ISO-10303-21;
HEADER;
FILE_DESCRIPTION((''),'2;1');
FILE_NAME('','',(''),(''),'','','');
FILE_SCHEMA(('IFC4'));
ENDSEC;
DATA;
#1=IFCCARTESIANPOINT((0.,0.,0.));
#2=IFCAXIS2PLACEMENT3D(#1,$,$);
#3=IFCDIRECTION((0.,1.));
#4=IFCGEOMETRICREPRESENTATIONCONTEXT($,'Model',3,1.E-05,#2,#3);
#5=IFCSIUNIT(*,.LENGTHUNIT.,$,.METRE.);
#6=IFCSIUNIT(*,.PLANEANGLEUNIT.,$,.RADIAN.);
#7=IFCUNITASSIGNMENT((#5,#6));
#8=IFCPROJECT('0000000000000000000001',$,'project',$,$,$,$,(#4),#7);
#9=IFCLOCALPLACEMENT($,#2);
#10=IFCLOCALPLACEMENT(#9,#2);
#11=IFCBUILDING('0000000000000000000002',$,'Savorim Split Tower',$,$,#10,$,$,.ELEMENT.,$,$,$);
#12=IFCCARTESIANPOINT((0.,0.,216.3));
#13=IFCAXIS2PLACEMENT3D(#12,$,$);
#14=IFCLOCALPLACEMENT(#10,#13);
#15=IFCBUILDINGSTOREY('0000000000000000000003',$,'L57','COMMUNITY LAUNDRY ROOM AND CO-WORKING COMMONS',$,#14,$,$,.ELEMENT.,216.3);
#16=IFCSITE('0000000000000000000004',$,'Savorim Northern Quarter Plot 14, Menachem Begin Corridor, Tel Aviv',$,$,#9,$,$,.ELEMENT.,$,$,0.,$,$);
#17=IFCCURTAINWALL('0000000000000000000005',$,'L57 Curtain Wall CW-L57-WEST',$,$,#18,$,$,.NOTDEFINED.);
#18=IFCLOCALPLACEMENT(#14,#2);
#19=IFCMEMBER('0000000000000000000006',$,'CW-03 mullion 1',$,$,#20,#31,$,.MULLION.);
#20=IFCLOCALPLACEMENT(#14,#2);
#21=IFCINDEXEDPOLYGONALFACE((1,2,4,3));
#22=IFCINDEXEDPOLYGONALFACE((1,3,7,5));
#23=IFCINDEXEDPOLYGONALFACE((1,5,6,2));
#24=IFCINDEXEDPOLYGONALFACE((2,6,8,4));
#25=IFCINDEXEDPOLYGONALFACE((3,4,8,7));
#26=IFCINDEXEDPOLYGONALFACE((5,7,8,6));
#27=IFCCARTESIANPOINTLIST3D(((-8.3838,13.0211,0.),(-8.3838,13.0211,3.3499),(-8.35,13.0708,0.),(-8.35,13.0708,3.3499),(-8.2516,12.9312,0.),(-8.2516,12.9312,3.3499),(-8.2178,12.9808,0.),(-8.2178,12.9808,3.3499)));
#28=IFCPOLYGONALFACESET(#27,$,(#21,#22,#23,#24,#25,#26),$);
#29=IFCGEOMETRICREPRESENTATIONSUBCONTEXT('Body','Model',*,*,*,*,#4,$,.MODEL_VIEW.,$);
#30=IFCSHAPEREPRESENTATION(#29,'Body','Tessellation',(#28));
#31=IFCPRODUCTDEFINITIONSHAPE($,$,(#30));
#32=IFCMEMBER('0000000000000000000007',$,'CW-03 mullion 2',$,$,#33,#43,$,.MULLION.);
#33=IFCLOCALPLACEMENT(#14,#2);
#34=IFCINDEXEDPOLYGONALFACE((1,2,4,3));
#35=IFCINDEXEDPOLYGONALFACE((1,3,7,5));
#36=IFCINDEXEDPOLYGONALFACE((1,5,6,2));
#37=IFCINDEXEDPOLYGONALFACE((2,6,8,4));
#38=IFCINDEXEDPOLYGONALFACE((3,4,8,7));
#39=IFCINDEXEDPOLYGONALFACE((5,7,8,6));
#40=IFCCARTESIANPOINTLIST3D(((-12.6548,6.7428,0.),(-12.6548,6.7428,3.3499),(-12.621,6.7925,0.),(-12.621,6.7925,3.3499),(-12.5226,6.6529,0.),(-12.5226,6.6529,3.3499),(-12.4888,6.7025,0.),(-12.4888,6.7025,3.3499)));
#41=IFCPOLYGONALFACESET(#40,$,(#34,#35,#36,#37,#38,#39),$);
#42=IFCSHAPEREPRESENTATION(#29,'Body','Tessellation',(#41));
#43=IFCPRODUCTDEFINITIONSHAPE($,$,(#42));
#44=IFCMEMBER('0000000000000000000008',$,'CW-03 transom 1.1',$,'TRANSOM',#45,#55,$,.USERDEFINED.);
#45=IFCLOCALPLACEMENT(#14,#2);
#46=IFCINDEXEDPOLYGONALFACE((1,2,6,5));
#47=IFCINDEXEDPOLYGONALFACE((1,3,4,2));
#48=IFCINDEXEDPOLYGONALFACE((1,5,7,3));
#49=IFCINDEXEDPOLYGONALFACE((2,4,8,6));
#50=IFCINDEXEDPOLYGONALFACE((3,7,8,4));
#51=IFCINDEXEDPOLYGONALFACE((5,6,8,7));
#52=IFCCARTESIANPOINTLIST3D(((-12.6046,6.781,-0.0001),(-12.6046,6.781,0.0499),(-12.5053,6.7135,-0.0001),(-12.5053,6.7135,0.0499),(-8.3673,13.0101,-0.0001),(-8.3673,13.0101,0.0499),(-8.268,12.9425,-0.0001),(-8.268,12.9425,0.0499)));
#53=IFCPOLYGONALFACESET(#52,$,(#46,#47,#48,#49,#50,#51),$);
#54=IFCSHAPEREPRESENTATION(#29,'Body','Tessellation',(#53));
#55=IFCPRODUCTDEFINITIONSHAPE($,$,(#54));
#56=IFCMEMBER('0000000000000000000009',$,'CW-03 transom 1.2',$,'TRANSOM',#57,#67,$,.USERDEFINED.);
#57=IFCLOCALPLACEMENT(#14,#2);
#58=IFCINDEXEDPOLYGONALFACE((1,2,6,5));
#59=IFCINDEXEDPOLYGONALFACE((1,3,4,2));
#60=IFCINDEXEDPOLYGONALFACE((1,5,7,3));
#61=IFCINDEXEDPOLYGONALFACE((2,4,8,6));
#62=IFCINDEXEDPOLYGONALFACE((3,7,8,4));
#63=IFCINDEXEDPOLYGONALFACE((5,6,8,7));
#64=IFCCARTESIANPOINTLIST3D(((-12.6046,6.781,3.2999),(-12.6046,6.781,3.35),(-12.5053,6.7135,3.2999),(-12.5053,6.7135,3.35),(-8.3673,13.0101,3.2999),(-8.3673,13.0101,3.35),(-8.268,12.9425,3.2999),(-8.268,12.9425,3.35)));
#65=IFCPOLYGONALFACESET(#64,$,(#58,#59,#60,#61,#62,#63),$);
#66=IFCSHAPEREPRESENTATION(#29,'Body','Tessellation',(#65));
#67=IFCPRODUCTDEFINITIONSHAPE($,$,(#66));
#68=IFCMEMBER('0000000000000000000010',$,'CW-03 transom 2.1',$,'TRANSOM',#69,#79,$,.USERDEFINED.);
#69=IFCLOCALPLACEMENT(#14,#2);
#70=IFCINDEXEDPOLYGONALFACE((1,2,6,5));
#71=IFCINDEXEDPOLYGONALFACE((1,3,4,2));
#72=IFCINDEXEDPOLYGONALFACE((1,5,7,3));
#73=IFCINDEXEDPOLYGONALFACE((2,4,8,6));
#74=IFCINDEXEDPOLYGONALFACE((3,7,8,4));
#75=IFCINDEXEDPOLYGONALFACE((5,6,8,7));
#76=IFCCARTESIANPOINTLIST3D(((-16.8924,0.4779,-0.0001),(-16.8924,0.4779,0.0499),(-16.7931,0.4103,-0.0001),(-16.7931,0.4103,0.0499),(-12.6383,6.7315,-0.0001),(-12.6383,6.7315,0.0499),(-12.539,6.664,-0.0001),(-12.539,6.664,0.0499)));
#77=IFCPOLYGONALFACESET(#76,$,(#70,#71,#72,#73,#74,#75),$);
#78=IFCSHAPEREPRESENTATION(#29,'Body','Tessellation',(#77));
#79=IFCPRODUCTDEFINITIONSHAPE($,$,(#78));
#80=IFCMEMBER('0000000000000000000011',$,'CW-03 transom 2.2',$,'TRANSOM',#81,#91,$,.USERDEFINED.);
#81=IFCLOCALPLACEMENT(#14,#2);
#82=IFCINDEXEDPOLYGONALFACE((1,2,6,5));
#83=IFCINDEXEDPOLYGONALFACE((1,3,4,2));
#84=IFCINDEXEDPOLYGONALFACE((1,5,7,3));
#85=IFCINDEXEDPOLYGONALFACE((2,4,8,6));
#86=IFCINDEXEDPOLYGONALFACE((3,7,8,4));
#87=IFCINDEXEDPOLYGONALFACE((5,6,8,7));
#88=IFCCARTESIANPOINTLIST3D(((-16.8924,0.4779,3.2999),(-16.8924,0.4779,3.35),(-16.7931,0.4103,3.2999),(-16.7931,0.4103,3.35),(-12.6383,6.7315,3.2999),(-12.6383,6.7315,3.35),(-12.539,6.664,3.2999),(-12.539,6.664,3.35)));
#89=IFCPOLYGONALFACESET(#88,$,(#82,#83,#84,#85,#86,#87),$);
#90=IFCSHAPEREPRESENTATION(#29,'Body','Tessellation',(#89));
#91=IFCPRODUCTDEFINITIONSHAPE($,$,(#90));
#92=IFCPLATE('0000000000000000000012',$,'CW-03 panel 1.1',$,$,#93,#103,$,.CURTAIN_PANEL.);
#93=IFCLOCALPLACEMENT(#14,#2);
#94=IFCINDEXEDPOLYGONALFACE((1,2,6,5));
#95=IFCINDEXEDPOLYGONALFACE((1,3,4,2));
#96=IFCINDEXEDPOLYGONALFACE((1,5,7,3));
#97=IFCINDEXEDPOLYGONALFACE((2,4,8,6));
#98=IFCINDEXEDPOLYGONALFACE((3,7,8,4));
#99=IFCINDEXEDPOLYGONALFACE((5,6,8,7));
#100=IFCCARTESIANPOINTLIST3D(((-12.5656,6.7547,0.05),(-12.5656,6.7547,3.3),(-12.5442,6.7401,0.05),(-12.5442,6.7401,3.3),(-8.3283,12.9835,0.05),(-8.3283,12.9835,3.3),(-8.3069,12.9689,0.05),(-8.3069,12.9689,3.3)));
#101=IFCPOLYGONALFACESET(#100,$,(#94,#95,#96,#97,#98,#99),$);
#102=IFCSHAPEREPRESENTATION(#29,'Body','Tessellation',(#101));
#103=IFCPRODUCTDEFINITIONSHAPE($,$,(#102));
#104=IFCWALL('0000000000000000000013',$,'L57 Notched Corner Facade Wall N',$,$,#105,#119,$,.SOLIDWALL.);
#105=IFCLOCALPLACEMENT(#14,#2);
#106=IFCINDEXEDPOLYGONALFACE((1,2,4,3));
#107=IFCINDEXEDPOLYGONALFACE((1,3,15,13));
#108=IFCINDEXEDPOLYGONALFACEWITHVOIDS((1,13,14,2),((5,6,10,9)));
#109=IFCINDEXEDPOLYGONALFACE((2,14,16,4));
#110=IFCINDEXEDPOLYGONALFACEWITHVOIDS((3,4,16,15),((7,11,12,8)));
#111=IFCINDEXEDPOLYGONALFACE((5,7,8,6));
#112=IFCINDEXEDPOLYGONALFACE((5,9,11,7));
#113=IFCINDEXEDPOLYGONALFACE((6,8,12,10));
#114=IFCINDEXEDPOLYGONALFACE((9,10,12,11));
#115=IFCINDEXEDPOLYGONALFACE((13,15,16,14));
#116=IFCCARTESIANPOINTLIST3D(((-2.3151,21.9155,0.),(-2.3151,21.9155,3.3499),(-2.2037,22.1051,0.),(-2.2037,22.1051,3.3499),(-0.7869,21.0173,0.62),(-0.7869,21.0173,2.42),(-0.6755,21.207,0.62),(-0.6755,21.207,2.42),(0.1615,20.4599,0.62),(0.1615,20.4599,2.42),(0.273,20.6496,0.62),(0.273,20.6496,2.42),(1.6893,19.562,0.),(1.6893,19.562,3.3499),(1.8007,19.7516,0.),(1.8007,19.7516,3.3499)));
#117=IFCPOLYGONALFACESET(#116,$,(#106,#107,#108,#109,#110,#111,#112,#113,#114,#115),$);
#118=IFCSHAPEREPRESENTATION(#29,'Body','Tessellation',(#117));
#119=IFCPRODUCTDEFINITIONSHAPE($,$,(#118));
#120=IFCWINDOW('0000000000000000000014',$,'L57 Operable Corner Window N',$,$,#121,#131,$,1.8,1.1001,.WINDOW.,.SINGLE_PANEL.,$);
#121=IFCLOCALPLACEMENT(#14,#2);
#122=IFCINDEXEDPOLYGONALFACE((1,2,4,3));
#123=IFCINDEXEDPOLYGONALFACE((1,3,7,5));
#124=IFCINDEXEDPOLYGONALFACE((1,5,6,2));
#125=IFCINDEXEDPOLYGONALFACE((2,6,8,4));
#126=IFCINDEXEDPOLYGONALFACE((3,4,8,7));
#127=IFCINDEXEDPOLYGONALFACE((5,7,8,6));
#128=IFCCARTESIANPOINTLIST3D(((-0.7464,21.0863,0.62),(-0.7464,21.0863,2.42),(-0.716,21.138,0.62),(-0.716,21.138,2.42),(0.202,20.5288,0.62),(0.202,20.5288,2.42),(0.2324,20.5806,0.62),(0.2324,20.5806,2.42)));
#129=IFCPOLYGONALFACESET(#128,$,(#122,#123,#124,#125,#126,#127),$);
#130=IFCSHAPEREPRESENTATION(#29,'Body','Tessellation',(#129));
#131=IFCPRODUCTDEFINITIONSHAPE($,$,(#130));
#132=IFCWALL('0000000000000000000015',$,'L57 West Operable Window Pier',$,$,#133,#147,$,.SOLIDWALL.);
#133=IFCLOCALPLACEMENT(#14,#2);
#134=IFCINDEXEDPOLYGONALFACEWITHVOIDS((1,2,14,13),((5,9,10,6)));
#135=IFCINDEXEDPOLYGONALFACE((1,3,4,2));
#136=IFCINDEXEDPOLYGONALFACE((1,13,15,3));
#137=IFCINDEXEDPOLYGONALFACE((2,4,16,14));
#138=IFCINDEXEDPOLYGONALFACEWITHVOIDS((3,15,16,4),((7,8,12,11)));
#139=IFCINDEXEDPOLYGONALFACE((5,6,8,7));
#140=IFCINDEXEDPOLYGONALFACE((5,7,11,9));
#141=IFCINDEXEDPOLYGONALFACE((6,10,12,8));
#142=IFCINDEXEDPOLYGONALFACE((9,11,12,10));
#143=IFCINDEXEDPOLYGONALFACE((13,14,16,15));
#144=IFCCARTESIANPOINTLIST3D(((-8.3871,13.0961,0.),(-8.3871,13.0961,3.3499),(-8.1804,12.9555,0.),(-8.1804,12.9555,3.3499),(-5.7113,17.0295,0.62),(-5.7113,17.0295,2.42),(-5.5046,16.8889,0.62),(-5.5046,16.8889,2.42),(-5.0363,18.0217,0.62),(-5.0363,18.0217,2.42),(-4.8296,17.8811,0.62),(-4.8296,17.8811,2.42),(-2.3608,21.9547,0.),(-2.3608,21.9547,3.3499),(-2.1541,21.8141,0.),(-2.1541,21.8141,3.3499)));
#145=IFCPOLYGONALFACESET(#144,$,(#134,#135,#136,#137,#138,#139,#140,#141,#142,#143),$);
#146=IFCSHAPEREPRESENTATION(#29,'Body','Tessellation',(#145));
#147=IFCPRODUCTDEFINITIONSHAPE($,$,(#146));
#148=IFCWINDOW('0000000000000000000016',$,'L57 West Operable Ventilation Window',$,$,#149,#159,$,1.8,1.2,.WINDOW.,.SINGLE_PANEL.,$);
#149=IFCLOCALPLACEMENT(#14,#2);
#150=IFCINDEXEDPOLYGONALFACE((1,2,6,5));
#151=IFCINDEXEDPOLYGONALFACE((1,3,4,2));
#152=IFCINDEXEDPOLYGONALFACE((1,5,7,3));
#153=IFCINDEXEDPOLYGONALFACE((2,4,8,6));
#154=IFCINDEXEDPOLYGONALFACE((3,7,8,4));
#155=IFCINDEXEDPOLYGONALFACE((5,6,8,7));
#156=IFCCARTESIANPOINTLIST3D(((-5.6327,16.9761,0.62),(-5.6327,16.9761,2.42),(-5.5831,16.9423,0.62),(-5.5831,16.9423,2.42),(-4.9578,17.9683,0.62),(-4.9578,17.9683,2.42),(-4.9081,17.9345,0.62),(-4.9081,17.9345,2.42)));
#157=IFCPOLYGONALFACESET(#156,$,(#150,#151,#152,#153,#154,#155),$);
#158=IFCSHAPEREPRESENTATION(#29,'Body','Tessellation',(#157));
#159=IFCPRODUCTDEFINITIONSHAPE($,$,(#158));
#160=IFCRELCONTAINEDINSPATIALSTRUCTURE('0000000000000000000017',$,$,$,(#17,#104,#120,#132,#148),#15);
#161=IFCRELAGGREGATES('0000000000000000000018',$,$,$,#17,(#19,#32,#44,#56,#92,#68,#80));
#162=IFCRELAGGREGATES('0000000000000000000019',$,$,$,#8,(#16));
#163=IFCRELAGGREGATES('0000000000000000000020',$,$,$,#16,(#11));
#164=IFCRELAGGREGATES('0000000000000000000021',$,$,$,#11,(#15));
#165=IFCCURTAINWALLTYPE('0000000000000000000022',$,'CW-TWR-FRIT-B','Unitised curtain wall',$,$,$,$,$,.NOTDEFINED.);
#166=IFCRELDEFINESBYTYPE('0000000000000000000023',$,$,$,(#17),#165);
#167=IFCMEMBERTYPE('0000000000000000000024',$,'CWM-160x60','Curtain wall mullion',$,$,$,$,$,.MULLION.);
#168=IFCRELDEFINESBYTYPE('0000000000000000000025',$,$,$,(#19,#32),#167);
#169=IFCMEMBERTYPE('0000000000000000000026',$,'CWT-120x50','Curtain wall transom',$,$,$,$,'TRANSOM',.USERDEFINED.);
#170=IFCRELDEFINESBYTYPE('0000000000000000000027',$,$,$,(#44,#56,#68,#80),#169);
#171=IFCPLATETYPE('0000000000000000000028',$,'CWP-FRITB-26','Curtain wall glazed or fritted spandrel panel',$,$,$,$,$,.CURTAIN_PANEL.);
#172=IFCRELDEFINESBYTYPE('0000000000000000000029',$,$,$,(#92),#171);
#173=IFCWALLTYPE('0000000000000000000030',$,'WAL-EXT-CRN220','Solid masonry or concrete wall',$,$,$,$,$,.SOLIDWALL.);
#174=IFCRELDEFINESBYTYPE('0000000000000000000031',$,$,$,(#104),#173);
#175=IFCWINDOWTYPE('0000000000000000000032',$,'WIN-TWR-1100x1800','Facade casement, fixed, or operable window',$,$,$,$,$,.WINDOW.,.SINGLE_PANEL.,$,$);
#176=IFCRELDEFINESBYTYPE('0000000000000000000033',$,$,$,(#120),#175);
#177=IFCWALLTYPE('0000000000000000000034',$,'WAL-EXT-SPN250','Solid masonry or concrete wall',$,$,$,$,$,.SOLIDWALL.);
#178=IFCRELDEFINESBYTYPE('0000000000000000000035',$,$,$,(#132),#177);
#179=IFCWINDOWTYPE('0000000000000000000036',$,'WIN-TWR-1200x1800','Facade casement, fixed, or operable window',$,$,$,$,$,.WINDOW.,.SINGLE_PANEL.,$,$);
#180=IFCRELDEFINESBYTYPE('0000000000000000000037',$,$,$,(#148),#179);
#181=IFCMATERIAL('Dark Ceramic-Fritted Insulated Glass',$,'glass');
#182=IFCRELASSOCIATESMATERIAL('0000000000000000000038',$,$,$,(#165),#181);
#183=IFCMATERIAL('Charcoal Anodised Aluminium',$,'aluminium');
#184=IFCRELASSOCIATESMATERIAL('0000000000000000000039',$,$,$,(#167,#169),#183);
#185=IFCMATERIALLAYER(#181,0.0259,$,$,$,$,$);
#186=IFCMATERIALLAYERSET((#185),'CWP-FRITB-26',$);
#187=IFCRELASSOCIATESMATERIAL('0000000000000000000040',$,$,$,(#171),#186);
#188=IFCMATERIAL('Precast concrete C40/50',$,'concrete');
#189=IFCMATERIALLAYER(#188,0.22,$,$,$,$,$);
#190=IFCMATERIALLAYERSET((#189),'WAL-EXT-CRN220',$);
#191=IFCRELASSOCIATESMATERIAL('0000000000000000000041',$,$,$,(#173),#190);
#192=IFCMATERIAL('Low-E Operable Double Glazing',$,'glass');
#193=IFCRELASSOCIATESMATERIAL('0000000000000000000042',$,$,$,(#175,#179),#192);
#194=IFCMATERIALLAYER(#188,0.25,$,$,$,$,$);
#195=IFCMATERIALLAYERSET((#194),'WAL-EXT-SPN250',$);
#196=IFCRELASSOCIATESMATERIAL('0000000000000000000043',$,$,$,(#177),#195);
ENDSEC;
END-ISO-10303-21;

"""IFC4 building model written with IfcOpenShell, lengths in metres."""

from ifc_helpers import new_model, si_unit, direction, frame, frame_2d, origin, origin_2d, place, context, subcontext, project, spatial, rectangle, extrude, material, layer, layer_set, material_profile, profile_set, type_object, element, fill, aggregate, save


model = new_model("IFC4")

# Units and contexts
model_context = context("Model", 3, precision=1e-05, world=origin(), true_north=direction((0.0, 1.0)))
body_context = subcontext(model_context, "Body", "Model", "MODEL_VIEW")
ifc_project = project(units=[si_unit("LENGTHUNIT", "METRE"), si_unit("PLANEANGLEUNIT", "RADIAN")], contexts=[model_context])

# Site, building, storey
site_placement = place(None, origin())
site = spatial("IfcSite", under=ifc_project, at=site_placement, Name="Savorim Northern Quarter Plot 14, Menachem Begin Corridor, Tel Aviv", CompositionType="ELEMENT", RefElevation=0.0)
building_placement = place(site_placement, origin())
building = spatial("IfcBuilding", under=site, at=building_placement, Name="Savorim Split Tower", CompositionType="ELEMENT")
storey_placement = place(building_placement, frame((0.0, 0.0, 216.3)))
storey = spatial("IfcBuildingStorey", under=building, at=storey_placement, Name="L57", Description="COMMUNITY LAUNDRY ROOM AND CO-WORKING COMMONS", CompositionType="ELEMENT", Elevation=216.3)

# Curtain wall, members, plate
ifc_material_1 = material(Name="Dark Ceramic-Fritted Insulated Glass", Category="glass")
curtain_wall_type = type_object("IfcCurtainWallType", Name="CW-TWR-FRIT-B", Description="Unitised curtain wall", PredefinedType="NOTDEFINED", material=ifc_material_1)
curtain_wall_placement = place(storey_placement, origin())
curtain_wall = element("IfcCurtainWall", 1, at=curtain_wall_placement, inside=storey, type_object=curtain_wall_type, Name="L57 Curtain Wall CW-L57-WEST", PredefinedType="NOTDEFINED")
ifc_material_2 = material(Name="Charcoal Anodised Aluminium", Category="aluminium")
ifc_material_profile_1 = material_profile(ifc_material_2, rectangle(XDim=0.1599, YDim=0.0601, at=origin_2d()), Name="ALU-M 160x60")
ifc_profile_set_1 = profile_set([ifc_material_profile_1], Name="Charcoal Anodised Aluminium")
member_type_1 = type_object("IfcMemberType", Name="CWM-160x60", Description="Curtain wall mullion", PredefinedType="MULLION", material=ifc_profile_set_1)
member_1_placement = place(storey_placement, frame((-8.3008, 13.001, 0.0), z_axis=(0.0, 0.0, 1.0), x_axis=(0.826821, -0.562465, 0.0)))
member_1 = element("IfcMember", 2, at=member_1_placement, type_object=member_type_1, Name="CW-03 mullion 1", PredefinedType="MULLION", context=body_context, shape_type="SweptSolid", body=[
    extrude(rectangle(XDim=0.1599, YDim=0.0601, at=origin_2d()), origin(), (0.0, 0.0, 1.0), 3.3499),
])
member_2_placement = place(storey_placement, frame((-12.5718, 6.7227, 0.0), z_axis=(0.0, 0.0, 1.0), x_axis=(0.826821, -0.562465, 0.0)))
member_2 = element("IfcMember", 3, at=member_2_placement, type_object=member_type_1, Name="CW-03 mullion 2", PredefinedType="MULLION", context=body_context, shape_type="SweptSolid", body=[
    extrude(rectangle(XDim=0.1599, YDim=0.0601, at=origin_2d()), origin(), (0.0, 0.0, 1.0), 3.3499),
])
ifc_material_profile_2 = material_profile(ifc_material_2, rectangle(XDim=0.1201, YDim=0.05, at=origin_2d()), Name="ALU-T 120x50")
ifc_profile_set_2 = profile_set([ifc_material_profile_2], Name="Charcoal Anodised Aluminium")
member_type_2 = type_object("IfcMemberType", Name="CWT-120x50", Description="Curtain wall transom", ElementType="TRANSOM", PredefinedType="USERDEFINED", material=ifc_profile_set_2)
member_3_placement = place(storey_placement, frame((-8.3176, 12.9763, 0.0249), z_axis=(-0.562454, -0.826829, 0.0), x_axis=(0.826829, -0.562454, 0.0)))
member_3 = element("IfcMember", 4, at=member_3_placement, type_object=member_type_2, Name="CW-03 transom 1.1", ObjectType="TRANSOM", PredefinedType="USERDEFINED", context=body_context, shape_type="SweptSolid", body=[
    extrude(rectangle(XDim=0.1201, YDim=0.05, at=origin_2d()), origin(), (0.0, 0.0, 1.0), 7.5337),
])
member_4_placement = place(storey_placement, frame((-8.3176, 12.9763, 3.325), z_axis=(-0.562454, -0.826829, 0.0), x_axis=(0.826829, -0.562454, 0.0)))
member_4 = element("IfcMember", 5, at=member_4_placement, type_object=member_type_2, Name="CW-03 transom 1.2", ObjectType="TRANSOM", PredefinedType="USERDEFINED", context=body_context, shape_type="SweptSolid", body=[
    extrude(rectangle(XDim=0.1201, YDim=0.05, at=origin_2d()), origin(), (0.0, 0.0, 1.0), 7.5337),
])
member_5_placement = place(storey_placement, frame((-12.5886, 6.6978, 0.0249), z_axis=(-0.56246, -0.826824, 0.0), x_axis=(0.826824, -0.56246, 0.0)))
member_5 = element("IfcMember", 6, at=member_5_placement, type_object=member_type_2, Name="CW-03 transom 2.1", ObjectType="TRANSOM", PredefinedType="USERDEFINED", context=body_context, shape_type="SweptSolid", body=[
    extrude(rectangle(XDim=0.1201, YDim=0.05, at=origin_2d()), origin(), (0.0, 0.0, 1.0), 7.5635),
])
member_6_placement = place(storey_placement, frame((-12.5886, 6.6978, 3.325), z_axis=(-0.56246, -0.826824, 0.0), x_axis=(0.826824, -0.56246, 0.0)))
member_6 = element("IfcMember", 7, at=member_6_placement, type_object=member_type_2, Name="CW-03 transom 2.2", ObjectType="TRANSOM", PredefinedType="USERDEFINED", context=body_context, shape_type="SweptSolid", body=[
    extrude(rectangle(XDim=0.1201, YDim=0.05, at=origin_2d()), origin(), (0.0, 0.0, 1.0), 7.5635),
])
ifc_layer_1 = layer(ifc_material_1, 0.0259)
ifc_layer_set_1 = layer_set([ifc_layer_1], Name="CWP-FRITB-26")
plate_type = type_object("IfcPlateType", Name="CWP-FRITB-26", Description="Curtain wall glazed or fritted spandrel panel", PredefinedType="CURTAIN_PANEL", material=ifc_layer_set_1)
plate_placement = place(storey_placement, frame((-10.4363, 9.8618, 0.05), z_axis=(0.0, 0.0, 1.0), x_axis=(-0.562465, -0.826821, 0.0)))
plate = element("IfcPlate", 8, at=plate_placement, type_object=plate_type, Name="CW-03 panel 1.1", PredefinedType="CURTAIN_PANEL", context=body_context, shape_type="SweptSolid", body=[
    extrude(rectangle(XDim=7.5334, YDim=0.0259, at=origin_2d()), origin(), (0.0, 0.0, 1.0), 3.25),
])
aggregate(curtain_wall, [member_1, member_2, member_3, member_4, plate, member_5, member_6])

# Walls, openings, windows
ifc_material_3 = material(Name="Precast concrete C40/50", Category="concrete")
ifc_layer_2 = layer(ifc_material_3, 0.22)
ifc_layer_set_2 = layer_set([ifc_layer_2], Name="WAL-EXT-CRN220")
wall_type_1 = type_object("IfcWallType", Name="WAL-EXT-CRN220", Description="Solid masonry or concrete wall", PredefinedType="SOLIDWALL", material=ifc_layer_set_2)
wall_1_placement = place(storey_placement, frame((-2.2593, 22.0103, 0.0), z_axis=(0.0, 0.0, 1.0), x_axis=(0.862123, -0.506699, 0.0)))
wall_1 = element("IfcWall", 9, at=wall_1_placement, inside=storey, type_object=wall_type_1, Name="L57 Notched Corner Facade Wall N", PredefinedType="SOLIDWALL", context=body_context, shape_type="SweptSolid", body=[
    extrude(rectangle(XDim=4.6448, YDim=0.22, at=frame_2d((2.3223, 0.0))), origin(), (0.0, 0.0, 1.0), 3.3499),
])
opening_1_placement = place(wall_1_placement, frame((1.7725, 0.0, 0.6201)))
opening_1 = element("IfcOpeningElement", 10, at=opening_1_placement, cuts=wall_1, PredefinedType="OPENING", context=body_context, shape_type="SweptSolid", body=[
    extrude(rectangle(XDim=1.1001, YDim=1.8, at=frame_2d((0.55, 0.8999))), frame((0.0, 0.1199, 0.0), z_axis=(0.0, -1.0, 0.0), x_axis=(1.0, 0.0, 0.0)), (0.0, 0.0, 1.0), 0.24),
])
ifc_material_4 = material(Name="Low-E Operable Double Glazing", Category="glass")
window_type_1 = type_object("IfcWindowType", Name="WIN-TWR-1100x1800", Description="Facade casement, fixed, or operable window", PartitioningType="SINGLE_PANEL", PredefinedType="WINDOW", material=ifc_material_4)
window_1_placement = place(opening_1_placement, origin())
window_1 = element("IfcWindow", 11, at=window_1_placement, inside=storey, type_object=window_type_1, Name="L57 Operable Corner Window N", OverallHeight=1.8, OverallWidth=1.1001, PartitioningType="SINGLE_PANEL", PredefinedType="WINDOW", context=body_context, shape_type="SweptSolid", body=[
    extrude(rectangle(XDim=1.1001, YDim=1.8, at=frame_2d((0.55, 0.8999))), frame((0.0, 0.03, 0.0), z_axis=(0.0, -1.0, 0.0), x_axis=(1.0, 0.0, 0.0)), (0.0, 0.0, 1.0), 0.0601),
])
fill(opening_1, window_1)
ifc_layer_3 = layer(ifc_material_3, 0.25)
ifc_layer_set_3 = layer_set([ifc_layer_3], Name="WAL-EXT-SPN250")
wall_type_2 = type_object("IfcWallType", Name="WAL-EXT-SPN250", Description="Solid masonry or concrete wall", PredefinedType="SOLIDWALL", material=ifc_layer_set_3)
wall_2_placement = place(storey_placement, frame((-8.2837, 13.0259, 0.0), z_axis=(0.0, 0.0, 1.0), x_axis=(0.562469, 0.826818, 0.0)))
wall_2 = element("IfcWall", 12, at=wall_2_placement, inside=storey, type_object=wall_type_2, Name="L57 West Operable Window Pier", PredefinedType="SOLIDWALL", context=body_context, shape_type="SweptSolid", body=[
    extrude(rectangle(XDim=10.7141, YDim=0.25, at=frame_2d((5.3569, 0.0))), origin(), (0.0, 0.0, 1.0), 3.3499),
])
opening_2_placement = place(wall_2_placement, frame((4.7571, 0.0, 0.6201)))
opening_2 = element("IfcOpeningElement", 13, at=opening_2_placement, cuts=wall_2, PredefinedType="OPENING", context=body_context, shape_type="SweptSolid", body=[
    extrude(rectangle(XDim=1.2, YDim=1.8, at=frame_2d((0.6001, 0.8999))), frame((0.0, 0.135, 0.0), z_axis=(0.0, -1.0, 0.0), x_axis=(1.0, 0.0, 0.0)), (0.0, 0.0, 1.0), 0.27),
])
window_type_2 = type_object("IfcWindowType", Name="WIN-TWR-1200x1800", Description="Facade casement, fixed, or operable window", PartitioningType="SINGLE_PANEL", PredefinedType="WINDOW", material=ifc_material_4)
window_2_placement = place(opening_2_placement, origin())
window_2 = element("IfcWindow", 14, at=window_2_placement, inside=storey, type_object=window_type_2, Name="L57 West Operable Ventilation Window", OverallHeight=1.8, OverallWidth=1.2, PartitioningType="SINGLE_PANEL", PredefinedType="WINDOW", context=body_context, shape_type="SweptSolid", body=[
    extrude(rectangle(XDim=1.2, YDim=1.8, at=frame_2d((0.6001, 0.8999))), frame((0.0, 0.03, 0.0), z_axis=(0.0, -1.0, 0.0), x_axis=(1.0, 0.0, 0.0)), (0.0, 0.0, 1.0), 0.0601),
])
fill(opening_2, window_2)

save(model, "model.ifc")
